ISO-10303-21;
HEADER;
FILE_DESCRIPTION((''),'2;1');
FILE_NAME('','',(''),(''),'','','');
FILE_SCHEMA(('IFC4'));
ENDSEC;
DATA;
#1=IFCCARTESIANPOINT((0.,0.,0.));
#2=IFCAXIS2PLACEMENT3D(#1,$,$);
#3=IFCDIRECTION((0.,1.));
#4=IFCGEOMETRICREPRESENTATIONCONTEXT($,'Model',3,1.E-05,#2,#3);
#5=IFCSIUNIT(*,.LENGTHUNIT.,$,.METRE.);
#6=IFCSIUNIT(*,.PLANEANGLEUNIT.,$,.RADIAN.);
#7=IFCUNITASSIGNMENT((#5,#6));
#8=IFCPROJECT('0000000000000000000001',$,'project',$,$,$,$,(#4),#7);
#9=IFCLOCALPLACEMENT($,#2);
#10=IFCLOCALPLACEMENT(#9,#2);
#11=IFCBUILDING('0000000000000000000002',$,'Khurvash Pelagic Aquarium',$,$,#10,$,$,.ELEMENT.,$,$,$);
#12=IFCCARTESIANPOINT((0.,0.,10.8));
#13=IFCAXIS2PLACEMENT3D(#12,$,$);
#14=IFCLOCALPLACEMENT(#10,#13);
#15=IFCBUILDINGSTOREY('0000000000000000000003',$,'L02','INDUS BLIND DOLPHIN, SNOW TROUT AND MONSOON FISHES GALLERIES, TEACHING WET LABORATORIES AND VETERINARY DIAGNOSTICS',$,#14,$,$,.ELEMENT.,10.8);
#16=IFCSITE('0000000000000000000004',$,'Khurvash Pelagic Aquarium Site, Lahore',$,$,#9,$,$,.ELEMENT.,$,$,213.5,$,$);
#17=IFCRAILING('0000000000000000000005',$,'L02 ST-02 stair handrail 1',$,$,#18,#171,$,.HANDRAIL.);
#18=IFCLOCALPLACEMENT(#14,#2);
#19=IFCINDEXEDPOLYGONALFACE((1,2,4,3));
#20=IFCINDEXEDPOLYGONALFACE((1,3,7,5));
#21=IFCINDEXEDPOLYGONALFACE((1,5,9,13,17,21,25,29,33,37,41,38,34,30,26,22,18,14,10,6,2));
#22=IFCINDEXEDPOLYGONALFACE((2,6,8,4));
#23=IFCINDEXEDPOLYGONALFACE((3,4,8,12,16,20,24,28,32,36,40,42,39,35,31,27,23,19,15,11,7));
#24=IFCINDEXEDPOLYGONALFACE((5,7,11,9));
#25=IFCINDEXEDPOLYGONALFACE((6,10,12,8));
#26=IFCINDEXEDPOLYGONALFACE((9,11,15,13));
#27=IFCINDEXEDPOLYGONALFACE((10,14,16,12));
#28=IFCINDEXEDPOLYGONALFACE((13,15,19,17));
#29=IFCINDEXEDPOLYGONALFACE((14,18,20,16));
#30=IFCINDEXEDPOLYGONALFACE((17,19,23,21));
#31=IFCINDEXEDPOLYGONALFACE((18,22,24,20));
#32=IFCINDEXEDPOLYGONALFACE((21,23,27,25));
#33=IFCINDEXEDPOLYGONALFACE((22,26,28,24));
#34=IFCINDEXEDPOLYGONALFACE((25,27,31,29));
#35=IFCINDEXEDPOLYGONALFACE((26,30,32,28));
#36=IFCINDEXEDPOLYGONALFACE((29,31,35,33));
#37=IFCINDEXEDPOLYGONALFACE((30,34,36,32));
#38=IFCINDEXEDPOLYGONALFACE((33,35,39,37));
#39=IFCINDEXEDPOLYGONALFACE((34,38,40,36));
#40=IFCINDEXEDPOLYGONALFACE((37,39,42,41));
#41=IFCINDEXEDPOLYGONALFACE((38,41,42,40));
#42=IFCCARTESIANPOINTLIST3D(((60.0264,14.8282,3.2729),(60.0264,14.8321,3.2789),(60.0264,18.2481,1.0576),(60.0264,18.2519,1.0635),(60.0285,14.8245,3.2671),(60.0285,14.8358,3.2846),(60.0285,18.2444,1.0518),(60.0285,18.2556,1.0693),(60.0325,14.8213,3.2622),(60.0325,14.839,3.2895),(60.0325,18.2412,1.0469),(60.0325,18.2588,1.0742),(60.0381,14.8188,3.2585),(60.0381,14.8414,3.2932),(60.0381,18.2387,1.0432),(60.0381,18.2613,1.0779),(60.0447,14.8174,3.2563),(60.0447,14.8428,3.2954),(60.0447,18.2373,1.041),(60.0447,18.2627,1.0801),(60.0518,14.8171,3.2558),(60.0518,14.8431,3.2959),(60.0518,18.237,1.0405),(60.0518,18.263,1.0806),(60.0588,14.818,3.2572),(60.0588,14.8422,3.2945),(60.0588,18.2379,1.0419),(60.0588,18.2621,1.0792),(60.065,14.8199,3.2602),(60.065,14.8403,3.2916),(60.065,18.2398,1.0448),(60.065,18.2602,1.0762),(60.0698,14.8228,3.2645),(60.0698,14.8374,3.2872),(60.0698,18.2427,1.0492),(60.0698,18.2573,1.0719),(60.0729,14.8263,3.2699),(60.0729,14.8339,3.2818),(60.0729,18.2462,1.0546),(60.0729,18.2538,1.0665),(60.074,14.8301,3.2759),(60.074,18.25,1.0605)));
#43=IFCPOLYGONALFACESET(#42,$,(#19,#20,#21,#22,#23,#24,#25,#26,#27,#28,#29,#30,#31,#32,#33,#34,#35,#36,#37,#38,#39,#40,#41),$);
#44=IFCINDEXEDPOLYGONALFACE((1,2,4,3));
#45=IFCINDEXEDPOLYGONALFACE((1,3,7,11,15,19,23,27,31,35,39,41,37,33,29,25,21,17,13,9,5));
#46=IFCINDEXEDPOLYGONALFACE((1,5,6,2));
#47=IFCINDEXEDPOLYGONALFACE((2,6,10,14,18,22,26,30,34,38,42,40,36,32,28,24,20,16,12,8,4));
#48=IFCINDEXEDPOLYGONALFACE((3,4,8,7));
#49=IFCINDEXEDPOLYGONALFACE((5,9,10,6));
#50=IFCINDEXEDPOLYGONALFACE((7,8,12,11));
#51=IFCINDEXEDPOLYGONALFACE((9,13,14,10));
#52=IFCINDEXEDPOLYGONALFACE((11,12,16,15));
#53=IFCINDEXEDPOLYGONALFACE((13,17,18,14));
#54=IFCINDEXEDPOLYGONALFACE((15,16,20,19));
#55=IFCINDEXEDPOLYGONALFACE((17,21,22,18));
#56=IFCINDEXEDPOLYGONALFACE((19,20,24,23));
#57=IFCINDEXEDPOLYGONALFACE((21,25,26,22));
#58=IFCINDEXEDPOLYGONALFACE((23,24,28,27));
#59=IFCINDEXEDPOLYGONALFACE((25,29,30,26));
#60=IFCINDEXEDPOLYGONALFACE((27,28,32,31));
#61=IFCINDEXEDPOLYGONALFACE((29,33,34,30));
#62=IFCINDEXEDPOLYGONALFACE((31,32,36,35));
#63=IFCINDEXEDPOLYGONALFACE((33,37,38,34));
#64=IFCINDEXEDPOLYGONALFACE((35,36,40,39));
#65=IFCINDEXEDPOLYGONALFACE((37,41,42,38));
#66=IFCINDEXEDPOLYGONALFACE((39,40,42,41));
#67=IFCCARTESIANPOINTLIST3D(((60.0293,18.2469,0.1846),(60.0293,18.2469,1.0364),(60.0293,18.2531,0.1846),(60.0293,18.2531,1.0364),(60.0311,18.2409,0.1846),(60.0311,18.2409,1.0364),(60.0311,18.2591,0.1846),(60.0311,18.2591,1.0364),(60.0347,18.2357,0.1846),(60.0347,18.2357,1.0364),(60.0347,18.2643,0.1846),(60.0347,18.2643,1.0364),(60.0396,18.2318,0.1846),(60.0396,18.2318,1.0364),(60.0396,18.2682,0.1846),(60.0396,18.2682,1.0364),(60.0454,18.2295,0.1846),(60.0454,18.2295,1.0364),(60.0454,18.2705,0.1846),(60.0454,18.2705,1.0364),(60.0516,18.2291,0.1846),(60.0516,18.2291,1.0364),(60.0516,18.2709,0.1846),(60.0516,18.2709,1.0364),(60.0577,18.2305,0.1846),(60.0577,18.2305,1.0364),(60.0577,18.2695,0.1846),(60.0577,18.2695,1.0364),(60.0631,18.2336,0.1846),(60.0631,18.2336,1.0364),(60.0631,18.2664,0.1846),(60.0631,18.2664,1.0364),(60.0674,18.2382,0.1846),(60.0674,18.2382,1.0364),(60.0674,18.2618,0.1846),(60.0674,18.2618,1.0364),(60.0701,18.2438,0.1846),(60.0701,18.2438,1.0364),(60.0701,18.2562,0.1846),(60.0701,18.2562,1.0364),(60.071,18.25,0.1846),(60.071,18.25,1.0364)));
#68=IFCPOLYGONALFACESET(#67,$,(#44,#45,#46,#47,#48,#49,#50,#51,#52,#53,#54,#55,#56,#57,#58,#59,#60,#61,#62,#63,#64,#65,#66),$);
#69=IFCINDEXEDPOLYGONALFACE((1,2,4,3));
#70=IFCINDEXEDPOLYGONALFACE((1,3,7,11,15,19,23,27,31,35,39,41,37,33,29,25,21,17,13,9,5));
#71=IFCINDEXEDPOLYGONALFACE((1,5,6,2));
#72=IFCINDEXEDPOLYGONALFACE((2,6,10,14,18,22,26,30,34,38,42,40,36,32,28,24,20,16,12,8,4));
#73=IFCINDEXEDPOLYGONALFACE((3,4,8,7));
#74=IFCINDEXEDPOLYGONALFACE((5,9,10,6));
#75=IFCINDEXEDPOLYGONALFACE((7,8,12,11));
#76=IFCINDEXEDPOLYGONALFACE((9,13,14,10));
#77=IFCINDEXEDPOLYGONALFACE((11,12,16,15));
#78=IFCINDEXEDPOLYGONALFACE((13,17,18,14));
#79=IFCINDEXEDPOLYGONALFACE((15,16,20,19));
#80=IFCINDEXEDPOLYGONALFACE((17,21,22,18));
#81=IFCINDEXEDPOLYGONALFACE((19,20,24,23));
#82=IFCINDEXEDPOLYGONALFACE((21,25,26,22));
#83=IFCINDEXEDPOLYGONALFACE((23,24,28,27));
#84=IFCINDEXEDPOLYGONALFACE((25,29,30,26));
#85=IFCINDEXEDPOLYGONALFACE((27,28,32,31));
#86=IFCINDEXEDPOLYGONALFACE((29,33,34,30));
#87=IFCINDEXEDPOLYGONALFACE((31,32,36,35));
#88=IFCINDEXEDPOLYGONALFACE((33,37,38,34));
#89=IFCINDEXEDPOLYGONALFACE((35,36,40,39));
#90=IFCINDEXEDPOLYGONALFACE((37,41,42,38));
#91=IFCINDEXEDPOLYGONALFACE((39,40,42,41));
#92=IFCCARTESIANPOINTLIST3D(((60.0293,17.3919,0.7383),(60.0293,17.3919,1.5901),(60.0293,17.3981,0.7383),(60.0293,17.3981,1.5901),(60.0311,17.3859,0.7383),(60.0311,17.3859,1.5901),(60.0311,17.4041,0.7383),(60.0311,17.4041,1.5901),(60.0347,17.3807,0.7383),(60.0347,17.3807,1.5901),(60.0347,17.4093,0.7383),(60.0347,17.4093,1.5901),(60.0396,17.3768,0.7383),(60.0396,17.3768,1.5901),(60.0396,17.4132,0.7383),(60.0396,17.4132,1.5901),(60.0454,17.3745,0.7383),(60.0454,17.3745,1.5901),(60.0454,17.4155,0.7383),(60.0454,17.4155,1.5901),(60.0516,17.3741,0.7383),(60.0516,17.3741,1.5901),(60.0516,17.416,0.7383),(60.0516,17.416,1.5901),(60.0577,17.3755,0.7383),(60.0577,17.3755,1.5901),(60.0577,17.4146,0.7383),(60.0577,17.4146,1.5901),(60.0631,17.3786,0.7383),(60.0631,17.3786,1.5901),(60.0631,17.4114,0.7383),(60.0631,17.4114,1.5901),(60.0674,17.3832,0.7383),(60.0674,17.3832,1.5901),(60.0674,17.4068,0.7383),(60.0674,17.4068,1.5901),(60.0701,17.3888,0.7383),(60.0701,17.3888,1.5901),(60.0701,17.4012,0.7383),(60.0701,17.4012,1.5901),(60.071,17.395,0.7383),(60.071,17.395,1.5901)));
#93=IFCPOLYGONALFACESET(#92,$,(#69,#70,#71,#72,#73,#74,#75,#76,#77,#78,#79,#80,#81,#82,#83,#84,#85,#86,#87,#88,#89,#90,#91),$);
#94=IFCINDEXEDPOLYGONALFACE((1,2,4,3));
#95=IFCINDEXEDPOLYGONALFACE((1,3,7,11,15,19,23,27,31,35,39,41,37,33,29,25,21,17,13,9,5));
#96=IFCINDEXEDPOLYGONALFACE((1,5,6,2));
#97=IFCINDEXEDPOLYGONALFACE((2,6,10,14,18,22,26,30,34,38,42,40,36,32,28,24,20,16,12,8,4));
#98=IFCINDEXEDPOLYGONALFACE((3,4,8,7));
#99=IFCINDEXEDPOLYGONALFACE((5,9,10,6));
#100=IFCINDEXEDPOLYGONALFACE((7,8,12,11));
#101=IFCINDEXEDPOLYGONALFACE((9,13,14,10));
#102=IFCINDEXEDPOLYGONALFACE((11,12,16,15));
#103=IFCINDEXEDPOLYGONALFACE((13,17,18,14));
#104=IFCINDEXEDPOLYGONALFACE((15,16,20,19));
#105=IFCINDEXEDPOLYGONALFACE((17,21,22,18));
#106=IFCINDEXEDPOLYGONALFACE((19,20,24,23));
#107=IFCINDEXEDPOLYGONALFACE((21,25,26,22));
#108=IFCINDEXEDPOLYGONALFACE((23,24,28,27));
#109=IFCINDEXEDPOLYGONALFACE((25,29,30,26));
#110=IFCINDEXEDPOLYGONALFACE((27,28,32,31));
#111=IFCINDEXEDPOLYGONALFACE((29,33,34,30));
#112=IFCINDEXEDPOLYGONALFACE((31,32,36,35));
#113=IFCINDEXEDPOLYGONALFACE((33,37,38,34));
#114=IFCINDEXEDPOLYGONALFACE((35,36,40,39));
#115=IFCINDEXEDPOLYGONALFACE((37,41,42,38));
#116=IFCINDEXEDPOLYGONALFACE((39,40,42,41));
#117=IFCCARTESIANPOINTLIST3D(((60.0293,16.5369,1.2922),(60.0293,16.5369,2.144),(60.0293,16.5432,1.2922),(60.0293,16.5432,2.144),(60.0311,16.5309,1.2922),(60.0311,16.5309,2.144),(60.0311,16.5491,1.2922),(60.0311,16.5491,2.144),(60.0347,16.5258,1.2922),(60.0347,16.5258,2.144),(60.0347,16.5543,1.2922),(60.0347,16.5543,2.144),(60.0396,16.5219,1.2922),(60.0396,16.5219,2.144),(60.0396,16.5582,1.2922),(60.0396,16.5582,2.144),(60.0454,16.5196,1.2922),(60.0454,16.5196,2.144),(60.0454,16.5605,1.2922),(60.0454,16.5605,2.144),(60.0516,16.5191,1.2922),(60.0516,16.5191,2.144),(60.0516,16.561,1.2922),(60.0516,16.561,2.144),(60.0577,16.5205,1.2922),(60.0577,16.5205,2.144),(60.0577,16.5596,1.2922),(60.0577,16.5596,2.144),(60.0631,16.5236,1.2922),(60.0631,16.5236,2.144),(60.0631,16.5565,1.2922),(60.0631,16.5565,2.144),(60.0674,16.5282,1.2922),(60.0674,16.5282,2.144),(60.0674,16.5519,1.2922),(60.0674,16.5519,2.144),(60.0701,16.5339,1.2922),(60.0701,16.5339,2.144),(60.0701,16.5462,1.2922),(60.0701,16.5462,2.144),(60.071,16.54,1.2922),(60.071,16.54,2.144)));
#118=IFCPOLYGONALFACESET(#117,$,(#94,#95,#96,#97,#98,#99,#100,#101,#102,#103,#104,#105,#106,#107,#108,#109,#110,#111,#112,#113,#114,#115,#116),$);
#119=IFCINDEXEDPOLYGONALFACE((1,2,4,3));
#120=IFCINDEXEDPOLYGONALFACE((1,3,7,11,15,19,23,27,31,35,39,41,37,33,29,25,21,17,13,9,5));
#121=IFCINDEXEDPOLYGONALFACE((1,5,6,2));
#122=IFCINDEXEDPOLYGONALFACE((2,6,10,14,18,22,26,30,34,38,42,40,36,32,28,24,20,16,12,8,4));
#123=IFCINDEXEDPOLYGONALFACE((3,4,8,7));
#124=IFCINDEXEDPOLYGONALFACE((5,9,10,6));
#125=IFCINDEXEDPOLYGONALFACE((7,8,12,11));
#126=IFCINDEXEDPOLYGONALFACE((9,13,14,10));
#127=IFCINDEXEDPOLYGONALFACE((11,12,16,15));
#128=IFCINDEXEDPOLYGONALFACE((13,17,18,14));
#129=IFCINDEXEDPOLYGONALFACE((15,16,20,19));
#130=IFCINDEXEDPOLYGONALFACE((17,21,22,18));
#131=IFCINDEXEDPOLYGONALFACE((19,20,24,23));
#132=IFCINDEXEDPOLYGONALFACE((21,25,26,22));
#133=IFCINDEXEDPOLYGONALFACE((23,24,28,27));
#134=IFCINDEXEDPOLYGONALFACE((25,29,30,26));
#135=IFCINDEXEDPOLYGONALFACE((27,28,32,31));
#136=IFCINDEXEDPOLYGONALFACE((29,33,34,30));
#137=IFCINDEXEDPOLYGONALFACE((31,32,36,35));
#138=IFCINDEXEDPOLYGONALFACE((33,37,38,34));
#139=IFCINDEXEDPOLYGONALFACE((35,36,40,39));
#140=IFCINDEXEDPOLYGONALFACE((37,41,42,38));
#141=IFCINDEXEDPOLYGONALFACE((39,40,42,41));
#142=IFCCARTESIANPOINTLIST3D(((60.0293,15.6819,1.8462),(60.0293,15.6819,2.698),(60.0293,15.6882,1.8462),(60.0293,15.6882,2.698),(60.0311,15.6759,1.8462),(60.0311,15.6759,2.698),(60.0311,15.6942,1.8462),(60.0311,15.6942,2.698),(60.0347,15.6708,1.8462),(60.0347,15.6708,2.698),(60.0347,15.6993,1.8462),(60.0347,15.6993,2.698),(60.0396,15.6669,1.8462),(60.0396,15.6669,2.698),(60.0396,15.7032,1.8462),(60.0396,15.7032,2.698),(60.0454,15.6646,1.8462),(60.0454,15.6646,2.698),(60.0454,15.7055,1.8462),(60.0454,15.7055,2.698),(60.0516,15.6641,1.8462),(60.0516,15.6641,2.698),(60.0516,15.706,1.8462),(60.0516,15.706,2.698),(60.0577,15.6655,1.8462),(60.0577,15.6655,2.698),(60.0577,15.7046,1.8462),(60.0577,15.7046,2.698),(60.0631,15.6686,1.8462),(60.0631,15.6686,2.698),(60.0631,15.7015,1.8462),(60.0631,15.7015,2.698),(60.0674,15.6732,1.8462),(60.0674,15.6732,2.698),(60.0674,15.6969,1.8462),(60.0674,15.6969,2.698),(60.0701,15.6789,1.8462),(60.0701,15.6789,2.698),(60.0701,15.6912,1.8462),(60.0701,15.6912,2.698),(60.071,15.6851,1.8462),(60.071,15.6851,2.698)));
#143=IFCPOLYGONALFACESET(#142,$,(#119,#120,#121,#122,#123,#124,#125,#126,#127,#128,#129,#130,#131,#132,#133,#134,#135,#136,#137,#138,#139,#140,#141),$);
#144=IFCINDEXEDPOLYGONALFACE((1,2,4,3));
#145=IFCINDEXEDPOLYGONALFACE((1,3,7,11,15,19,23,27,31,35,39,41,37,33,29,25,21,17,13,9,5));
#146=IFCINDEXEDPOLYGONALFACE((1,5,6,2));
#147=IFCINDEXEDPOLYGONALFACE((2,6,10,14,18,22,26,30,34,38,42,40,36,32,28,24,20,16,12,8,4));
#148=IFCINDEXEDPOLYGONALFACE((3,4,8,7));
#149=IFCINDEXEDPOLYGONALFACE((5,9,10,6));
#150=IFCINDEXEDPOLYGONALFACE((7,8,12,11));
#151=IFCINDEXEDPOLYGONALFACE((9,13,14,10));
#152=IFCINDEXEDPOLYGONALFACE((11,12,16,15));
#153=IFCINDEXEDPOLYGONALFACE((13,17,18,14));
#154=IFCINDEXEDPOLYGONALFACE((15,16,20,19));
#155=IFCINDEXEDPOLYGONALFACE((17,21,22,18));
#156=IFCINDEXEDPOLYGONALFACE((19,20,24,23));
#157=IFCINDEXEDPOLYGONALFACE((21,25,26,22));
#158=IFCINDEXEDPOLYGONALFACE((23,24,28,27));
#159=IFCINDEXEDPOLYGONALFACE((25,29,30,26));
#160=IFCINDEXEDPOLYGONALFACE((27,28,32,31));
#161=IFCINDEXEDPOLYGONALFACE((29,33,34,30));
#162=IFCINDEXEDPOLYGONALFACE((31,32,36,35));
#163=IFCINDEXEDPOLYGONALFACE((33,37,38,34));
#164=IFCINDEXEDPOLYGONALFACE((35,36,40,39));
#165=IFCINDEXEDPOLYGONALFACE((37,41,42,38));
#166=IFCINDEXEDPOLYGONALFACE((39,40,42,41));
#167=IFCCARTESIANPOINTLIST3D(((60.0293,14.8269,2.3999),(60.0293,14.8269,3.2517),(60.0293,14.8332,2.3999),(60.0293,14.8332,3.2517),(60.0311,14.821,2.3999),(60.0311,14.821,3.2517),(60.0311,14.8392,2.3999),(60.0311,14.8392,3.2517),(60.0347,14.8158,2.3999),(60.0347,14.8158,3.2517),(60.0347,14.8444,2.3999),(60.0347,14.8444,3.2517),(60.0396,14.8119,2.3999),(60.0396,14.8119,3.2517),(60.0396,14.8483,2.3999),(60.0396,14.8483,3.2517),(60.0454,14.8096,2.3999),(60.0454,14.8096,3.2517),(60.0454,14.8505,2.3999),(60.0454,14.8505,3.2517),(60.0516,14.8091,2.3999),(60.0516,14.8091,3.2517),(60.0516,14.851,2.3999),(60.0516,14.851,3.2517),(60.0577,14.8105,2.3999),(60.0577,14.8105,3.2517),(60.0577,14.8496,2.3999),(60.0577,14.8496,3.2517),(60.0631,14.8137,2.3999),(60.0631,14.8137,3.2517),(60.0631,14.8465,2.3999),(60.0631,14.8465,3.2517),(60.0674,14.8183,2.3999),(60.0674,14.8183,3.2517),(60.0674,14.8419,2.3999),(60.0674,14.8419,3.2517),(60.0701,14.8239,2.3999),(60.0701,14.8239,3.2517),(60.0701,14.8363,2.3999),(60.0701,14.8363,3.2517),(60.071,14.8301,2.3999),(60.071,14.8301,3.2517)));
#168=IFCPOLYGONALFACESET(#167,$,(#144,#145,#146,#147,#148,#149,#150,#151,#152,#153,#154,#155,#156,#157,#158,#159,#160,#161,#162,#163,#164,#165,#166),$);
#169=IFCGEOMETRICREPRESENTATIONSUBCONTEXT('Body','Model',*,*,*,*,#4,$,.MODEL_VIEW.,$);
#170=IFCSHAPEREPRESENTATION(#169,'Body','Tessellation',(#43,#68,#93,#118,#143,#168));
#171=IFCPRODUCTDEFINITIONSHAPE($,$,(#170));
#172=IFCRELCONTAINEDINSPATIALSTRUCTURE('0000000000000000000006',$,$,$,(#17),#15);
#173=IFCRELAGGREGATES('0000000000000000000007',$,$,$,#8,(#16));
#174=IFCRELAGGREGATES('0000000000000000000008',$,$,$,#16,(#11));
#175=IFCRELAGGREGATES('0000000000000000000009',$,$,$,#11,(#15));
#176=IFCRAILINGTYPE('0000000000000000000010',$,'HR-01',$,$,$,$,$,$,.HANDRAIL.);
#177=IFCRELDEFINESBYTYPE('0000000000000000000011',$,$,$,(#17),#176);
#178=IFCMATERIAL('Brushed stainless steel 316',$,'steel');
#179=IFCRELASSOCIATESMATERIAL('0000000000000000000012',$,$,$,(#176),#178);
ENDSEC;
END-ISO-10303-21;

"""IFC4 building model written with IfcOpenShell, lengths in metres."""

from ifc_helpers import new_model, si_unit, direction, frame, origin, origin_2d, place, context, subcontext, project, spatial, circle, extrude, material, type_object, element, save


model = new_model("IFC4")

# Units and contexts
model_context = context("Model", 3, precision=1e-05, world=origin(), true_north=direction((0.0, 1.0)))
body_context = subcontext(model_context, "Body", "Model", "MODEL_VIEW")
ifc_project = project(units=[si_unit("LENGTHUNIT", "METRE"), si_unit("PLANEANGLEUNIT", "RADIAN")], contexts=[model_context])

# Site, building, storey
site_placement = place(None, origin())
site = spatial("IfcSite", under=ifc_project, at=site_placement, Name="Khurvash Pelagic Aquarium Site, Lahore", CompositionType="ELEMENT", RefElevation=213.5)
building_placement = place(site_placement, origin())
building = spatial("IfcBuilding", under=site, at=building_placement, Name="Khurvash Pelagic Aquarium", CompositionType="ELEMENT")
storey_placement = place(building_placement, frame((0.0, 0.0, 10.8)))
storey = spatial("IfcBuildingStorey", under=building, at=storey_placement, Name="L02", Description="INDUS BLIND DOLPHIN, SNOW TROUT AND MONSOON FISHES GALLERIES, TEACHING WET LABORATORIES AND VETERINARY DIAGNOSTICS", CompositionType="ELEMENT", Elevation=10.8)

# Railing
ifc_material_1 = material(Name="Brushed stainless steel 316", Category="steel")
railing_type_1 = type_object("IfcRailingType", Name="HR-01", PredefinedType="HANDRAIL", material=ifc_material_1)
railing_1_placement = place(storey_placement, frame((60.05, 18.25, 0.1846)))
element("IfcRailing", 1, at=railing_1_placement, inside=storey, type_object=railing_type_1, Name="L02 ST-02 stair handrail 1", PredefinedType="HANDRAIL", context=body_context, shape_type="SweptSolid", body=[
    extrude(circle(Radius=0.0239, at=origin_2d()), frame((0.0, 0.0, 0.876), z_axis=(0.0, -0.839297, 0.543674), x_axis=(1.0, 0.0, 0.0)), (0.0, 0.0, 1.0), 4.0747),
    extrude(circle(Radius=0.021, at=origin_2d()), origin(), (0.0, 0.0, 1.0), 0.8518),
    extrude(circle(Radius=0.021, at=origin_2d()), frame((0.0, -0.855, 0.5537)), (0.0, 0.0, 1.0), 0.8518),
    extrude(circle(Radius=0.021, at=origin_2d()), frame((0.0, -1.71, 1.1077)), (0.0, 0.0, 1.0), 0.8518),
    extrude(circle(Radius=0.021, at=origin_2d()), frame((0.0, -2.5649, 1.6616)), (0.0, 0.0, 1.0), 0.8518),
    extrude(circle(Radius=0.021, at=origin_2d()), frame((0.0, -3.4199, 2.2153)), (0.0, 0.0, 1.0), 0.8518),
])

save(model, "model.ifc")
